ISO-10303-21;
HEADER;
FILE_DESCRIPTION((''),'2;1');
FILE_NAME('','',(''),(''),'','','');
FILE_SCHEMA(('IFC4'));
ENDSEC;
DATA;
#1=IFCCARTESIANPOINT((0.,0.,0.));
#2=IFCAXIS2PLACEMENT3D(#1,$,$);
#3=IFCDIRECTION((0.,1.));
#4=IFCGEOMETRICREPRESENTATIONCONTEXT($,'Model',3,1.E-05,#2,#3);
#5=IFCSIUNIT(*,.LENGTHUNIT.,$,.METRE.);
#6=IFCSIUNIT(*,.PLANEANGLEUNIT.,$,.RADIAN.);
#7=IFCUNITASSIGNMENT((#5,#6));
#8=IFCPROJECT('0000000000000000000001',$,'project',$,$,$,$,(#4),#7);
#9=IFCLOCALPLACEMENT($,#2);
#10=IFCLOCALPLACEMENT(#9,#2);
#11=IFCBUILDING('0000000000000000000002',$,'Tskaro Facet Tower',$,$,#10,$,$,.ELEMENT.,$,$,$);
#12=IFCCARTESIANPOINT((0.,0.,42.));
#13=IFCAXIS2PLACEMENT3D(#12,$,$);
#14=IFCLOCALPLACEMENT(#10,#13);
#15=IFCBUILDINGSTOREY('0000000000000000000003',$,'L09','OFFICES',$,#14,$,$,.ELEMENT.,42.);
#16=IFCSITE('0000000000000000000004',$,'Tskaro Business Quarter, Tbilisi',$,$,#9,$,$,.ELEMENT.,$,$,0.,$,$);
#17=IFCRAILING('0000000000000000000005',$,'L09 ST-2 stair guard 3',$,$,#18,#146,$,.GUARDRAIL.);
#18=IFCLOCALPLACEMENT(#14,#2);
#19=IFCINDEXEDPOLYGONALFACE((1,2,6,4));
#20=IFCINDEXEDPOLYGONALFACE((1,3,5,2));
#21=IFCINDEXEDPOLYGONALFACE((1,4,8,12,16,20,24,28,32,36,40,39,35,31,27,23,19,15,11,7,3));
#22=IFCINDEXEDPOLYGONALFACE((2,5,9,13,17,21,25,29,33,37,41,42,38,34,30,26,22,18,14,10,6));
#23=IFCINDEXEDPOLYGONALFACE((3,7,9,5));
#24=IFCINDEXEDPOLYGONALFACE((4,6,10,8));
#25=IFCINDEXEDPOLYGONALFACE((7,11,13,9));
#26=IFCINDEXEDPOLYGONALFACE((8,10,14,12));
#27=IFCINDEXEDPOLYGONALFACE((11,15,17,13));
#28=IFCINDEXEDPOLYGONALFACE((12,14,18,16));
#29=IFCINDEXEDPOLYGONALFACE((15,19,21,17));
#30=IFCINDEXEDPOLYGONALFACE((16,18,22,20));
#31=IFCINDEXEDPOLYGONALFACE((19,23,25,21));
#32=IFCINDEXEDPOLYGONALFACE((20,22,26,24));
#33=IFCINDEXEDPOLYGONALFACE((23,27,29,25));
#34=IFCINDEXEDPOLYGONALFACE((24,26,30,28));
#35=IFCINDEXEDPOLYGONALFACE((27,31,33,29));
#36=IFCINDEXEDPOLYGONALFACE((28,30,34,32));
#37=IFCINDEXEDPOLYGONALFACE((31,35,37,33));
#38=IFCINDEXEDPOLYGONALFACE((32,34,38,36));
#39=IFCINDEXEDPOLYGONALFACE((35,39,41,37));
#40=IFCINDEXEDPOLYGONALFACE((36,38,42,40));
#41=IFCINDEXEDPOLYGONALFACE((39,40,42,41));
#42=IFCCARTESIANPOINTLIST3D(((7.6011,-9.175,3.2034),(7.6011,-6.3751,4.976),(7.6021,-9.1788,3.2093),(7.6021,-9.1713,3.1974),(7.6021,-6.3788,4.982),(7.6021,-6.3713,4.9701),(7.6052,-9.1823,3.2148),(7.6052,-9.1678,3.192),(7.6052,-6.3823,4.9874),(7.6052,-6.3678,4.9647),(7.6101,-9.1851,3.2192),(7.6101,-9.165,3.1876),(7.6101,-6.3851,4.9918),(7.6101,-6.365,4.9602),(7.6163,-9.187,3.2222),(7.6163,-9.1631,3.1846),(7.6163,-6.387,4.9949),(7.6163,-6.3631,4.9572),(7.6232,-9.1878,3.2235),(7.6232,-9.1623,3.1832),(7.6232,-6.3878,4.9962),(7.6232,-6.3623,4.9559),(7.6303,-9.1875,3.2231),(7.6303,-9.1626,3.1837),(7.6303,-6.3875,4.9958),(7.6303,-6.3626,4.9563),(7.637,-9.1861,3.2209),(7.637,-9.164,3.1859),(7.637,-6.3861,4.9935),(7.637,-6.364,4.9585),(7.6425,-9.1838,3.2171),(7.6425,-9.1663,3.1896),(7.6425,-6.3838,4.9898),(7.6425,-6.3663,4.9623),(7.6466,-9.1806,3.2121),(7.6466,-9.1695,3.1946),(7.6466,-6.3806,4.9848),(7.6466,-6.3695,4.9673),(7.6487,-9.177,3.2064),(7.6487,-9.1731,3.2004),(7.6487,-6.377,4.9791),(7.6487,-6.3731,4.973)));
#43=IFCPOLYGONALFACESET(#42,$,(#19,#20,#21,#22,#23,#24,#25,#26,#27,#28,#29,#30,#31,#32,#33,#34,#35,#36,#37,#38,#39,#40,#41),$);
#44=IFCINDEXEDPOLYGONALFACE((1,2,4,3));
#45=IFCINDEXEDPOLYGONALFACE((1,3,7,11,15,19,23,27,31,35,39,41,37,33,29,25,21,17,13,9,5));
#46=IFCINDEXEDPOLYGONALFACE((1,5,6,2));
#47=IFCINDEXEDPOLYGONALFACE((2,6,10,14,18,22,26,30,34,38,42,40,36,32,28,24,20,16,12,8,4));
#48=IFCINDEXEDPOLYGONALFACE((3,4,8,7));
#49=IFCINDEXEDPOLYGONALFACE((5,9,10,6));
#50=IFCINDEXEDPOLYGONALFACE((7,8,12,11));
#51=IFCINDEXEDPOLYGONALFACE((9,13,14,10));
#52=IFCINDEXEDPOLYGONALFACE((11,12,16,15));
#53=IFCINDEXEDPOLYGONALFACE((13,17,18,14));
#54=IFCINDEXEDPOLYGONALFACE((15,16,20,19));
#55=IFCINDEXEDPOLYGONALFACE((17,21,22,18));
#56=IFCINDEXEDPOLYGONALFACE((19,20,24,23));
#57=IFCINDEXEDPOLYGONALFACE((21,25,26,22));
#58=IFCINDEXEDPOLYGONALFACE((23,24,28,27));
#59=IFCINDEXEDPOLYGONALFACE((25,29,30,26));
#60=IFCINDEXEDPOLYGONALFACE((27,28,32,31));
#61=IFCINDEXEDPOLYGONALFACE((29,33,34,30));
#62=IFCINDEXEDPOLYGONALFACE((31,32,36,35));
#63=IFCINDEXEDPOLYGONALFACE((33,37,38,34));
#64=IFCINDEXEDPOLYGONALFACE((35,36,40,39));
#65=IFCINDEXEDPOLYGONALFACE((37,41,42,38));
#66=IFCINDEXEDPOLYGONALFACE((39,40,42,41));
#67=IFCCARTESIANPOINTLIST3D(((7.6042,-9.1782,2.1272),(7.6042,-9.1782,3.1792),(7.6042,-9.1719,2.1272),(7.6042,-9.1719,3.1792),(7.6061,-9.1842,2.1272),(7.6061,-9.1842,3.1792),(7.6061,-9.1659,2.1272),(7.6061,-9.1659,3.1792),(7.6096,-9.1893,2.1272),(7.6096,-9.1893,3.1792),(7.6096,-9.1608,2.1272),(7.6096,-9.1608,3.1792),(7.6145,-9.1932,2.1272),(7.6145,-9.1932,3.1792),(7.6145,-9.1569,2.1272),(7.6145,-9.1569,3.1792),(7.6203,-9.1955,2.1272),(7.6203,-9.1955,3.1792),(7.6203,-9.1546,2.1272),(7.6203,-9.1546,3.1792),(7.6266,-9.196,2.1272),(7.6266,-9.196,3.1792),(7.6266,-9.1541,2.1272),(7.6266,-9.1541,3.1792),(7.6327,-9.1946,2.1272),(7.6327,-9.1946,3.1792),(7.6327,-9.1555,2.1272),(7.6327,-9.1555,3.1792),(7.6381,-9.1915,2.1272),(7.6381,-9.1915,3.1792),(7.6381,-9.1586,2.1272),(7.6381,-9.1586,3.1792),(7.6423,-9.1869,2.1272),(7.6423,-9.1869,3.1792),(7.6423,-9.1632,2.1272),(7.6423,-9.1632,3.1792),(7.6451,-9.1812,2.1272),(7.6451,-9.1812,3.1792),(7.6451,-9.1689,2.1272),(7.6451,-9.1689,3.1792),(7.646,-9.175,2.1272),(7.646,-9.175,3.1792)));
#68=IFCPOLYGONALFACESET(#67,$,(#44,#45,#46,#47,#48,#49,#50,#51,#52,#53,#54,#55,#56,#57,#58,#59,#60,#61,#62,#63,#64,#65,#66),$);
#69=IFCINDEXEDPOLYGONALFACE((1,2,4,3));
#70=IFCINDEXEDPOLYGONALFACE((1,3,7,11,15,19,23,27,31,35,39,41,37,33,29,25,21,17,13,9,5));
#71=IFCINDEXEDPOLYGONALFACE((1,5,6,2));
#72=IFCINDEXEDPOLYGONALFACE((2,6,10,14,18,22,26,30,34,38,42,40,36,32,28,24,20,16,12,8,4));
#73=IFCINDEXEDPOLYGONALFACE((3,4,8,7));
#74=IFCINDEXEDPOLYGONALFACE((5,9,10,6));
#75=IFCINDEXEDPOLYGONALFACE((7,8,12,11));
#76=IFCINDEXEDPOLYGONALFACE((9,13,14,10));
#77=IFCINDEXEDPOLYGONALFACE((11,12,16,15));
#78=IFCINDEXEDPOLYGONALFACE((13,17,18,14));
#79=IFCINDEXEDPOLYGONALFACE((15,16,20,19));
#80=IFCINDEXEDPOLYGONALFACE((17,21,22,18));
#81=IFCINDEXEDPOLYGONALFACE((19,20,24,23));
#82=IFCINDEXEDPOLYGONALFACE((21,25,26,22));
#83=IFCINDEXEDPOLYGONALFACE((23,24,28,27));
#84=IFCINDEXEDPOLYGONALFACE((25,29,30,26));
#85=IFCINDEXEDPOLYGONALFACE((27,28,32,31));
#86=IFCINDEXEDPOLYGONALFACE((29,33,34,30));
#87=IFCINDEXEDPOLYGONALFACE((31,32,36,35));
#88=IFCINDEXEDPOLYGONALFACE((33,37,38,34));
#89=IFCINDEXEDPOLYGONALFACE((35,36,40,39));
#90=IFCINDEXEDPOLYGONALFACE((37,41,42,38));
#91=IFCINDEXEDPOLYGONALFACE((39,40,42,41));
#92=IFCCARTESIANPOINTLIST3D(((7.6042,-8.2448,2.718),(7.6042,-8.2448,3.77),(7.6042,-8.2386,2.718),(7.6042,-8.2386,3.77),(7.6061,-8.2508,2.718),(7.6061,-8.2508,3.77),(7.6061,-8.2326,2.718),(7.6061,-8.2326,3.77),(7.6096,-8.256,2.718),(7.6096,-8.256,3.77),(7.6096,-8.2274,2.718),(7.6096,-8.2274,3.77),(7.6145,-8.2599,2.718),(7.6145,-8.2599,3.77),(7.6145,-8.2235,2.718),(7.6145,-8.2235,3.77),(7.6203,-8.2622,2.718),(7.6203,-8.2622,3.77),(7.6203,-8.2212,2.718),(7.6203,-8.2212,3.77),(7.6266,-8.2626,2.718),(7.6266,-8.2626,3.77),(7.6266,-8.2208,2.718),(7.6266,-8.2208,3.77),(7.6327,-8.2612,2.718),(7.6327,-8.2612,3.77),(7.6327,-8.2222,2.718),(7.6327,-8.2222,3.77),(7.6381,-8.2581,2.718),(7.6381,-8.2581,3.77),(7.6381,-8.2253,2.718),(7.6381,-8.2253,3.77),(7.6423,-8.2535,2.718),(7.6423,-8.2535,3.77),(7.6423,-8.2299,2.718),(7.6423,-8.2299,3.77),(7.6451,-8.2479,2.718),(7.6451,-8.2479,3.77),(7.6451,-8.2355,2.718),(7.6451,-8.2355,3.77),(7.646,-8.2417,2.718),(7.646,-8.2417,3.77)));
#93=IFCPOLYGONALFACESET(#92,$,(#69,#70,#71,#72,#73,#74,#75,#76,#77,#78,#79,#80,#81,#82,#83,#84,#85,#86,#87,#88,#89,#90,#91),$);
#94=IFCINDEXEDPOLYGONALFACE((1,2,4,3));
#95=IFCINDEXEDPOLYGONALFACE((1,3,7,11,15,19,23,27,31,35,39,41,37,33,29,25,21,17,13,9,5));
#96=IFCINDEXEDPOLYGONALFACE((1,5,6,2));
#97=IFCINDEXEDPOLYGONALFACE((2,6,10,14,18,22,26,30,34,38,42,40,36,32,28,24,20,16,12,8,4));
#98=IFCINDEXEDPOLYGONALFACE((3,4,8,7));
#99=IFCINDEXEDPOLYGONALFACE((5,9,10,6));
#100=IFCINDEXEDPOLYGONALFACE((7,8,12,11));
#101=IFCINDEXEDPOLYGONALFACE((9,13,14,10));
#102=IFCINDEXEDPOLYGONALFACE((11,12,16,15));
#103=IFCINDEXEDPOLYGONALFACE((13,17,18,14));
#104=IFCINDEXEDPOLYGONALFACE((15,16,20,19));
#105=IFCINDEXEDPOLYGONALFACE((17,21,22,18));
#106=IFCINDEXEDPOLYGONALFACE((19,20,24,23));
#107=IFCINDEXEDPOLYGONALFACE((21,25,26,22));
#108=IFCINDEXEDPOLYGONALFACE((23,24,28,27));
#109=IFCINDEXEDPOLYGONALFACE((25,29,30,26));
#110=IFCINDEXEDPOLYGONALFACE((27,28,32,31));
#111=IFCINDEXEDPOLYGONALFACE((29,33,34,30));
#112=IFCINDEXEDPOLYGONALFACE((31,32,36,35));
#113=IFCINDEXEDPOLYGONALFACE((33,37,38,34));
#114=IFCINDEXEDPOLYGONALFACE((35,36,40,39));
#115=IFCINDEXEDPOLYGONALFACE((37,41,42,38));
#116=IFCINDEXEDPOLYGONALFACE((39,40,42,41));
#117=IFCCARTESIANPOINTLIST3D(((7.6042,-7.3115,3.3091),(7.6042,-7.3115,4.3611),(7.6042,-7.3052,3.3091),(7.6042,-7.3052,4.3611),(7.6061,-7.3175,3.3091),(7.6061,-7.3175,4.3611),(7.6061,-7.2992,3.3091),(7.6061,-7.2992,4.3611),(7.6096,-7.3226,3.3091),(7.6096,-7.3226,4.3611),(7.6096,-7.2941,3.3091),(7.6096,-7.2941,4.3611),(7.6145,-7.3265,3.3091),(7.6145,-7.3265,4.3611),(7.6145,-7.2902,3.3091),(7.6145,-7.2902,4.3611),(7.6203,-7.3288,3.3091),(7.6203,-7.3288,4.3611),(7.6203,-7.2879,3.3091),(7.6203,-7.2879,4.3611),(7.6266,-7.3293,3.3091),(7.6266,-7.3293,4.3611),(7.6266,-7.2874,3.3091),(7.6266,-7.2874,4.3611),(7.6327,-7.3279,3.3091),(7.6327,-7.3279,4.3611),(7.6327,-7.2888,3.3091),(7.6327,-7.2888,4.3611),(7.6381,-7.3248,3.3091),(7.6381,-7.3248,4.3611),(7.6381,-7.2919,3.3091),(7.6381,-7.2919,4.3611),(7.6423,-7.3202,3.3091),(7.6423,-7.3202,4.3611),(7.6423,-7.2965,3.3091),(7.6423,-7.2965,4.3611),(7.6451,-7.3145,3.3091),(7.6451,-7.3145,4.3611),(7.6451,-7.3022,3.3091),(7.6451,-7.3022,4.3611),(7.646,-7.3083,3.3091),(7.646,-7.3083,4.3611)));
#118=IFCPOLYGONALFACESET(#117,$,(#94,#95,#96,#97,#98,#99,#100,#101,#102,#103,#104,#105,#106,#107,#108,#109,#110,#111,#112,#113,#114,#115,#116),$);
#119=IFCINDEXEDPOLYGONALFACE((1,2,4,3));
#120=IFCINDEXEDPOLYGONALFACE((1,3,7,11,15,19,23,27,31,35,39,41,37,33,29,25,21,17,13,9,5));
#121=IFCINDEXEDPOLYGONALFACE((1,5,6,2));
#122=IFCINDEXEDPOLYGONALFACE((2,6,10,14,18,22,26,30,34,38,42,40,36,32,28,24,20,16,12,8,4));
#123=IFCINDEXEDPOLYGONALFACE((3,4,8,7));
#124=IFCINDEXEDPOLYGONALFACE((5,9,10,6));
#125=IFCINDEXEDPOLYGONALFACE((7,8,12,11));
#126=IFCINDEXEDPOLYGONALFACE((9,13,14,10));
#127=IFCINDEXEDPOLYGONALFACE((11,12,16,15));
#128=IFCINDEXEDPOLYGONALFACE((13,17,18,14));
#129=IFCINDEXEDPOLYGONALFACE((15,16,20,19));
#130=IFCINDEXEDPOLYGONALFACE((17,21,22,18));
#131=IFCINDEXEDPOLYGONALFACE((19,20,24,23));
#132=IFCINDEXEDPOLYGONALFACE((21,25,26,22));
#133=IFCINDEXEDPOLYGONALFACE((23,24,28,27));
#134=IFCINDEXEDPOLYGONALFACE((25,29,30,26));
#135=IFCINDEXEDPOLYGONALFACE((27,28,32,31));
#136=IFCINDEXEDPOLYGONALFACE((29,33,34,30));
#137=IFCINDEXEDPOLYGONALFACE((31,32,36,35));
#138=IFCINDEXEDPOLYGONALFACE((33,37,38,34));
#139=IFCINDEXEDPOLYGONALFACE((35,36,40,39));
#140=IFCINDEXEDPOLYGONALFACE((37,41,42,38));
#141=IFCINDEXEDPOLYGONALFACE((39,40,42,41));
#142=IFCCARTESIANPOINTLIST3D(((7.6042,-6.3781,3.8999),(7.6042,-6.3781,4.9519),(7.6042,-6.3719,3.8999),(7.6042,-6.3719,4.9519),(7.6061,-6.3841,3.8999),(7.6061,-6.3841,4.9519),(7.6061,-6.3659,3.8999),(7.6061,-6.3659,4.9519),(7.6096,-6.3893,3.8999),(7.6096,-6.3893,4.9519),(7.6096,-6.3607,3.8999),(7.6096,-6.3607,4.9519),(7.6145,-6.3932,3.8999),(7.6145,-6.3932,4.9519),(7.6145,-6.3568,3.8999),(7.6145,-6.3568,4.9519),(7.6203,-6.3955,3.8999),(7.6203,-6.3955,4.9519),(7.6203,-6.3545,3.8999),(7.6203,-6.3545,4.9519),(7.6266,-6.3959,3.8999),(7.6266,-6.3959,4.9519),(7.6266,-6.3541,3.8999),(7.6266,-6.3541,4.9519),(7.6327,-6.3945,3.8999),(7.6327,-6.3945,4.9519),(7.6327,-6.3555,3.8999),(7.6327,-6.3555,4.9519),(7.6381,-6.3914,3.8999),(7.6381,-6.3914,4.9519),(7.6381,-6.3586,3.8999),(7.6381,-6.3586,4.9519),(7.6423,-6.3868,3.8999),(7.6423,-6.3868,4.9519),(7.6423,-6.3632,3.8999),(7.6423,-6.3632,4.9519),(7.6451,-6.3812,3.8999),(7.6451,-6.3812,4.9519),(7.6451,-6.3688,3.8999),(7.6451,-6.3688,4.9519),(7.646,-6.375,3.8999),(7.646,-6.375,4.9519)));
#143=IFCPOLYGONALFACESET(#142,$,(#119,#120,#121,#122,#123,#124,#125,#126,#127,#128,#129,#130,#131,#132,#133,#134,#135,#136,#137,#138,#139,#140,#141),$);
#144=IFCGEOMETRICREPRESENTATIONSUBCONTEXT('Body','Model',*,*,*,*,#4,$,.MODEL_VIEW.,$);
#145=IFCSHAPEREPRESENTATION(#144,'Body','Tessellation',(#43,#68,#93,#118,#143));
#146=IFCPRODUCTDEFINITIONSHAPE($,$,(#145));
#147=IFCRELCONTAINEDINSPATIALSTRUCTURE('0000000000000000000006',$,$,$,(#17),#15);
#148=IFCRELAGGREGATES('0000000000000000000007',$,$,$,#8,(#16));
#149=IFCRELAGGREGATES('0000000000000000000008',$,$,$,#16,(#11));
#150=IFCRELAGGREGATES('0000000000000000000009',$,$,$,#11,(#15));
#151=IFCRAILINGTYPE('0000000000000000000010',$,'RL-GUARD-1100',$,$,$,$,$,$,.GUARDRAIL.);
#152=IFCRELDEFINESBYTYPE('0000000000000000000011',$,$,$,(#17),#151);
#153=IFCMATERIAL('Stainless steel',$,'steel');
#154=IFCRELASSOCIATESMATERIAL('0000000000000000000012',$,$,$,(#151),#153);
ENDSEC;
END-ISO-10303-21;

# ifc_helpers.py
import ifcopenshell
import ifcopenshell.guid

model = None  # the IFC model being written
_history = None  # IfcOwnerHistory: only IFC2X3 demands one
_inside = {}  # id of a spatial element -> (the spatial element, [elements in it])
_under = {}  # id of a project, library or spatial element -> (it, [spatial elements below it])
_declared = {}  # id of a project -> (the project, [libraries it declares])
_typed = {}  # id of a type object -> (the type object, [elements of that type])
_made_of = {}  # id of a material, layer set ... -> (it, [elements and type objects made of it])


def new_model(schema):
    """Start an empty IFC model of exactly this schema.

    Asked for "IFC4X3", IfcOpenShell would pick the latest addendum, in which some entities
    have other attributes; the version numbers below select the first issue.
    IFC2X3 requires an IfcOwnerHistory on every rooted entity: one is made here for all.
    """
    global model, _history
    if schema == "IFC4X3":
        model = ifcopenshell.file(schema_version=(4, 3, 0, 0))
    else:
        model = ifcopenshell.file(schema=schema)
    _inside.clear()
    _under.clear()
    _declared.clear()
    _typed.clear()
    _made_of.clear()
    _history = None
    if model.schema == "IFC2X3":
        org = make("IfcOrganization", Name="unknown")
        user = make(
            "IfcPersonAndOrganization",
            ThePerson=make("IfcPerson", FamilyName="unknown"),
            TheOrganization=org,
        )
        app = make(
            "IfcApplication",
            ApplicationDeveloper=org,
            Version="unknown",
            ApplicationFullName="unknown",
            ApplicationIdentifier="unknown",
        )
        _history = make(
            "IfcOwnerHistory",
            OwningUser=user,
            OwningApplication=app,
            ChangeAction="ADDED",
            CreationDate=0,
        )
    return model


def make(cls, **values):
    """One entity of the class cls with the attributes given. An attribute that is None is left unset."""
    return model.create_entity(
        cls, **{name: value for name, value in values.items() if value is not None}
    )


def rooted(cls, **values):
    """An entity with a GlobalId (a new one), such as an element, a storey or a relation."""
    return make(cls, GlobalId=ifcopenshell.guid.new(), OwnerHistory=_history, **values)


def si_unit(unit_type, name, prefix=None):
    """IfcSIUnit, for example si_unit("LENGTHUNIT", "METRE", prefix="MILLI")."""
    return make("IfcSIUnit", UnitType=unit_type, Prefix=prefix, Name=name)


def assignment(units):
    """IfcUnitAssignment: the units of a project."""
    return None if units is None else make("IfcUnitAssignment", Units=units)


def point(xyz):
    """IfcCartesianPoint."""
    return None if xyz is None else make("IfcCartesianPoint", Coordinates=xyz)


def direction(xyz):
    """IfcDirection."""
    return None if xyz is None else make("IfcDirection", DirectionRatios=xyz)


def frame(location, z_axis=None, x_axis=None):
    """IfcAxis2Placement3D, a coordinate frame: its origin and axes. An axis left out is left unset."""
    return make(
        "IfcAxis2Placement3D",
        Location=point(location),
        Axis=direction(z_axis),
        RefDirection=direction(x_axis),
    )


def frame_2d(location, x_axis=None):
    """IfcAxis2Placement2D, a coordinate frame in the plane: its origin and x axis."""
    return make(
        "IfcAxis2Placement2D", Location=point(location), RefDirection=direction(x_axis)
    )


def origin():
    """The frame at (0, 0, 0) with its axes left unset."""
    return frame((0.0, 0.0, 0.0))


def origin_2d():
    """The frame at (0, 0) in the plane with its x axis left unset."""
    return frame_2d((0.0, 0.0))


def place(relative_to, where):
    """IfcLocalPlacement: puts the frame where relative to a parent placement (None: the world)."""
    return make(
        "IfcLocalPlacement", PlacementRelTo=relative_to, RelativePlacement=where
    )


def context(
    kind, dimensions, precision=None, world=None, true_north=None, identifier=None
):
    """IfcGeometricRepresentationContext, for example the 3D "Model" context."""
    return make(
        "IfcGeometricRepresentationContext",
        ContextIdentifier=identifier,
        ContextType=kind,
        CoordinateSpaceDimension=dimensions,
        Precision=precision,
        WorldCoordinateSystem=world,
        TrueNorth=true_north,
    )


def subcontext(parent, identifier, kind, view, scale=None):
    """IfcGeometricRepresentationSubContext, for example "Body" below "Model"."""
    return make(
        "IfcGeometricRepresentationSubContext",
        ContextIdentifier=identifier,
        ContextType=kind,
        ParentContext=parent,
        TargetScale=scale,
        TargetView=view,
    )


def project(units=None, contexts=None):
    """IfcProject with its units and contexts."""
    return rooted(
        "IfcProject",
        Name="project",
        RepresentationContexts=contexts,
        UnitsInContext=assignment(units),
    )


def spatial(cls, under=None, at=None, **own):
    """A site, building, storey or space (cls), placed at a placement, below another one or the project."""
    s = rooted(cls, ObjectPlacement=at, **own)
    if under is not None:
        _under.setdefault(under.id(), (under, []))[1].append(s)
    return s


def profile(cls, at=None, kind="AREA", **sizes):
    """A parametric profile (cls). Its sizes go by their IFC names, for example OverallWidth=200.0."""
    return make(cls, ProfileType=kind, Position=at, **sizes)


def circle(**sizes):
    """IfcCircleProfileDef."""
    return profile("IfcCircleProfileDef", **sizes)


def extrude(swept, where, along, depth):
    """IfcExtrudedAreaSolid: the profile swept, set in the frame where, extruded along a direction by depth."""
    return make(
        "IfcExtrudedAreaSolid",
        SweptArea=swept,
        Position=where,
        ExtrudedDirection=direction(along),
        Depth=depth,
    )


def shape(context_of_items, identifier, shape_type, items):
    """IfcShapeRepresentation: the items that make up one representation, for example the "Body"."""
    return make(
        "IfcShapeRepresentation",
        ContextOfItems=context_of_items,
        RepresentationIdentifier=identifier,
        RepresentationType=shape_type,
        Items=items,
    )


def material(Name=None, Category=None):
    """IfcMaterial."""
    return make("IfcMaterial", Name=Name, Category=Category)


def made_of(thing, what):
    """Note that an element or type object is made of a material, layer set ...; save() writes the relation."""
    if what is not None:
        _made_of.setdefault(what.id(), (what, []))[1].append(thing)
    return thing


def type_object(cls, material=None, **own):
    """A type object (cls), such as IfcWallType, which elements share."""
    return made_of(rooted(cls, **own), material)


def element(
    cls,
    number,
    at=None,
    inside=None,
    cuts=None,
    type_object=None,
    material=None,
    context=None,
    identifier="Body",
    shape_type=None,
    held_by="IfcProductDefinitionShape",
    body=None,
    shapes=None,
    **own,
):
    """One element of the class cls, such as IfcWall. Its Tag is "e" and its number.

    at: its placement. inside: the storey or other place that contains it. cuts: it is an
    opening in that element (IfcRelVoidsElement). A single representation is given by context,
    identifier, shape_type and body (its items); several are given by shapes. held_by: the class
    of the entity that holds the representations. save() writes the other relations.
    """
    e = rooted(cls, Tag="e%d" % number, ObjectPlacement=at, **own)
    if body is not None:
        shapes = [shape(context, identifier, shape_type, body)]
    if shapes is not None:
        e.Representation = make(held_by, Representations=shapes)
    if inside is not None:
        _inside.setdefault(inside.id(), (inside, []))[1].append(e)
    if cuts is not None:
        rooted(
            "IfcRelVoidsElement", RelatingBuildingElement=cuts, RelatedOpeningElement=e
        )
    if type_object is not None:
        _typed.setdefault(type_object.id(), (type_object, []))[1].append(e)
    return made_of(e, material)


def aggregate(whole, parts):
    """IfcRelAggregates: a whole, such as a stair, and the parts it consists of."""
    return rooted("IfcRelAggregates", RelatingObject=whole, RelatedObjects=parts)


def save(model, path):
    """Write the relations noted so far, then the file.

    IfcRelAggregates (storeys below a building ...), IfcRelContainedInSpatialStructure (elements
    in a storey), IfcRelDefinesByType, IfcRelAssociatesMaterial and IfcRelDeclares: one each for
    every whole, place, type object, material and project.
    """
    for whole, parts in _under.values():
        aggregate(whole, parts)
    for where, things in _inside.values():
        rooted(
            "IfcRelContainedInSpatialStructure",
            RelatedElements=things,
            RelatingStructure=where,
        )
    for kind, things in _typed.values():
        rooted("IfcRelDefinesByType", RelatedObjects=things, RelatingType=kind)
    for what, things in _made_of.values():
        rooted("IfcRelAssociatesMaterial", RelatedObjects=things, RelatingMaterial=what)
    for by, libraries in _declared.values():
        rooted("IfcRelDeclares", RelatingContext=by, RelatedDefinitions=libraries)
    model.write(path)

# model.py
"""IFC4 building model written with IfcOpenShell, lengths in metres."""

from ifc_helpers import new_model, si_unit, direction, frame, origin, origin_2d, place, context, subcontext, project, spatial, circle, extrude, material, type_object, element, save


model = new_model("IFC4")

# Units and contexts
model_context = context("Model", 3, precision=1e-05, world=origin(), true_north=direction((0.0, 1.0)))
body_context = subcontext(model_context, "Body", "Model", "MODEL_VIEW")
ifc_project = project(units=[si_unit("LENGTHUNIT", "METRE"), si_unit("PLANEANGLEUNIT", "RADIAN")], contexts=[model_context])

# Site, building, storey
site_placement = place(None, origin())
site = spatial("IfcSite", under=ifc_project, at=site_placement, Name="Tskaro Business Quarter, Tbilisi", CompositionType="ELEMENT", RefElevation=0.0)
building_placement = place(site_placement, origin())
building = spatial("IfcBuilding", under=site, at=building_placement, Name="Tskaro Facet Tower", CompositionType="ELEMENT")
storey_placement = place(building_placement, frame((0.0, 0.0, 42.0)))
storey = spatial("IfcBuildingStorey", under=building, at=storey_placement, Name="L09", Description="OFFICES", CompositionType="ELEMENT", Elevation=42.0)

# Railing
ifc_material_1 = material(Name="Stainless steel", Category="steel")
railing_type_1 = type_object("IfcRailingType", Name="RL-GUARD-1100", PredefinedType="GUARDRAIL", material=ifc_material_1)
railing_1_placement = place(storey_placement, frame((7.625, -9.175, 2.1272)))
element("IfcRailing", 1, at=railing_1_placement, inside=storey, type_object=railing_type_1, Name="L09 ST-2 stair guard 3", PredefinedType="GUARDRAIL", context=body_context, shape_type="SweptSolid", body=[
    extrude(circle(Radius=0.0239, at=origin_2d()), frame((0.0, 0.0, 1.0762), z_axis=(0.0, 0.844909, 0.53491), x_axis=(-1.0, 0.0, 0.0)), (0.0, 0.0, 1.0), 3.314),
    extrude(circle(Radius=0.021, at=origin_2d()), origin(), (0.0, 0.0, 1.0), 1.052),
    extrude(circle(Radius=0.021, at=origin_2d()), frame((0.0, 0.9333, 0.5908)), (0.0, 0.0, 1.0), 1.052),
    extrude(circle(Radius=0.021, at=origin_2d()), frame((0.0, 1.8667, 1.1819)), (0.0, 0.0, 1.0), 1.052),
    extrude(circle(Radius=0.021, at=origin_2d()), frame((0.0, 2.8, 1.7727)), (0.0, 0.0, 1.0), 1.052),
])

save(model, "model.ifc")
